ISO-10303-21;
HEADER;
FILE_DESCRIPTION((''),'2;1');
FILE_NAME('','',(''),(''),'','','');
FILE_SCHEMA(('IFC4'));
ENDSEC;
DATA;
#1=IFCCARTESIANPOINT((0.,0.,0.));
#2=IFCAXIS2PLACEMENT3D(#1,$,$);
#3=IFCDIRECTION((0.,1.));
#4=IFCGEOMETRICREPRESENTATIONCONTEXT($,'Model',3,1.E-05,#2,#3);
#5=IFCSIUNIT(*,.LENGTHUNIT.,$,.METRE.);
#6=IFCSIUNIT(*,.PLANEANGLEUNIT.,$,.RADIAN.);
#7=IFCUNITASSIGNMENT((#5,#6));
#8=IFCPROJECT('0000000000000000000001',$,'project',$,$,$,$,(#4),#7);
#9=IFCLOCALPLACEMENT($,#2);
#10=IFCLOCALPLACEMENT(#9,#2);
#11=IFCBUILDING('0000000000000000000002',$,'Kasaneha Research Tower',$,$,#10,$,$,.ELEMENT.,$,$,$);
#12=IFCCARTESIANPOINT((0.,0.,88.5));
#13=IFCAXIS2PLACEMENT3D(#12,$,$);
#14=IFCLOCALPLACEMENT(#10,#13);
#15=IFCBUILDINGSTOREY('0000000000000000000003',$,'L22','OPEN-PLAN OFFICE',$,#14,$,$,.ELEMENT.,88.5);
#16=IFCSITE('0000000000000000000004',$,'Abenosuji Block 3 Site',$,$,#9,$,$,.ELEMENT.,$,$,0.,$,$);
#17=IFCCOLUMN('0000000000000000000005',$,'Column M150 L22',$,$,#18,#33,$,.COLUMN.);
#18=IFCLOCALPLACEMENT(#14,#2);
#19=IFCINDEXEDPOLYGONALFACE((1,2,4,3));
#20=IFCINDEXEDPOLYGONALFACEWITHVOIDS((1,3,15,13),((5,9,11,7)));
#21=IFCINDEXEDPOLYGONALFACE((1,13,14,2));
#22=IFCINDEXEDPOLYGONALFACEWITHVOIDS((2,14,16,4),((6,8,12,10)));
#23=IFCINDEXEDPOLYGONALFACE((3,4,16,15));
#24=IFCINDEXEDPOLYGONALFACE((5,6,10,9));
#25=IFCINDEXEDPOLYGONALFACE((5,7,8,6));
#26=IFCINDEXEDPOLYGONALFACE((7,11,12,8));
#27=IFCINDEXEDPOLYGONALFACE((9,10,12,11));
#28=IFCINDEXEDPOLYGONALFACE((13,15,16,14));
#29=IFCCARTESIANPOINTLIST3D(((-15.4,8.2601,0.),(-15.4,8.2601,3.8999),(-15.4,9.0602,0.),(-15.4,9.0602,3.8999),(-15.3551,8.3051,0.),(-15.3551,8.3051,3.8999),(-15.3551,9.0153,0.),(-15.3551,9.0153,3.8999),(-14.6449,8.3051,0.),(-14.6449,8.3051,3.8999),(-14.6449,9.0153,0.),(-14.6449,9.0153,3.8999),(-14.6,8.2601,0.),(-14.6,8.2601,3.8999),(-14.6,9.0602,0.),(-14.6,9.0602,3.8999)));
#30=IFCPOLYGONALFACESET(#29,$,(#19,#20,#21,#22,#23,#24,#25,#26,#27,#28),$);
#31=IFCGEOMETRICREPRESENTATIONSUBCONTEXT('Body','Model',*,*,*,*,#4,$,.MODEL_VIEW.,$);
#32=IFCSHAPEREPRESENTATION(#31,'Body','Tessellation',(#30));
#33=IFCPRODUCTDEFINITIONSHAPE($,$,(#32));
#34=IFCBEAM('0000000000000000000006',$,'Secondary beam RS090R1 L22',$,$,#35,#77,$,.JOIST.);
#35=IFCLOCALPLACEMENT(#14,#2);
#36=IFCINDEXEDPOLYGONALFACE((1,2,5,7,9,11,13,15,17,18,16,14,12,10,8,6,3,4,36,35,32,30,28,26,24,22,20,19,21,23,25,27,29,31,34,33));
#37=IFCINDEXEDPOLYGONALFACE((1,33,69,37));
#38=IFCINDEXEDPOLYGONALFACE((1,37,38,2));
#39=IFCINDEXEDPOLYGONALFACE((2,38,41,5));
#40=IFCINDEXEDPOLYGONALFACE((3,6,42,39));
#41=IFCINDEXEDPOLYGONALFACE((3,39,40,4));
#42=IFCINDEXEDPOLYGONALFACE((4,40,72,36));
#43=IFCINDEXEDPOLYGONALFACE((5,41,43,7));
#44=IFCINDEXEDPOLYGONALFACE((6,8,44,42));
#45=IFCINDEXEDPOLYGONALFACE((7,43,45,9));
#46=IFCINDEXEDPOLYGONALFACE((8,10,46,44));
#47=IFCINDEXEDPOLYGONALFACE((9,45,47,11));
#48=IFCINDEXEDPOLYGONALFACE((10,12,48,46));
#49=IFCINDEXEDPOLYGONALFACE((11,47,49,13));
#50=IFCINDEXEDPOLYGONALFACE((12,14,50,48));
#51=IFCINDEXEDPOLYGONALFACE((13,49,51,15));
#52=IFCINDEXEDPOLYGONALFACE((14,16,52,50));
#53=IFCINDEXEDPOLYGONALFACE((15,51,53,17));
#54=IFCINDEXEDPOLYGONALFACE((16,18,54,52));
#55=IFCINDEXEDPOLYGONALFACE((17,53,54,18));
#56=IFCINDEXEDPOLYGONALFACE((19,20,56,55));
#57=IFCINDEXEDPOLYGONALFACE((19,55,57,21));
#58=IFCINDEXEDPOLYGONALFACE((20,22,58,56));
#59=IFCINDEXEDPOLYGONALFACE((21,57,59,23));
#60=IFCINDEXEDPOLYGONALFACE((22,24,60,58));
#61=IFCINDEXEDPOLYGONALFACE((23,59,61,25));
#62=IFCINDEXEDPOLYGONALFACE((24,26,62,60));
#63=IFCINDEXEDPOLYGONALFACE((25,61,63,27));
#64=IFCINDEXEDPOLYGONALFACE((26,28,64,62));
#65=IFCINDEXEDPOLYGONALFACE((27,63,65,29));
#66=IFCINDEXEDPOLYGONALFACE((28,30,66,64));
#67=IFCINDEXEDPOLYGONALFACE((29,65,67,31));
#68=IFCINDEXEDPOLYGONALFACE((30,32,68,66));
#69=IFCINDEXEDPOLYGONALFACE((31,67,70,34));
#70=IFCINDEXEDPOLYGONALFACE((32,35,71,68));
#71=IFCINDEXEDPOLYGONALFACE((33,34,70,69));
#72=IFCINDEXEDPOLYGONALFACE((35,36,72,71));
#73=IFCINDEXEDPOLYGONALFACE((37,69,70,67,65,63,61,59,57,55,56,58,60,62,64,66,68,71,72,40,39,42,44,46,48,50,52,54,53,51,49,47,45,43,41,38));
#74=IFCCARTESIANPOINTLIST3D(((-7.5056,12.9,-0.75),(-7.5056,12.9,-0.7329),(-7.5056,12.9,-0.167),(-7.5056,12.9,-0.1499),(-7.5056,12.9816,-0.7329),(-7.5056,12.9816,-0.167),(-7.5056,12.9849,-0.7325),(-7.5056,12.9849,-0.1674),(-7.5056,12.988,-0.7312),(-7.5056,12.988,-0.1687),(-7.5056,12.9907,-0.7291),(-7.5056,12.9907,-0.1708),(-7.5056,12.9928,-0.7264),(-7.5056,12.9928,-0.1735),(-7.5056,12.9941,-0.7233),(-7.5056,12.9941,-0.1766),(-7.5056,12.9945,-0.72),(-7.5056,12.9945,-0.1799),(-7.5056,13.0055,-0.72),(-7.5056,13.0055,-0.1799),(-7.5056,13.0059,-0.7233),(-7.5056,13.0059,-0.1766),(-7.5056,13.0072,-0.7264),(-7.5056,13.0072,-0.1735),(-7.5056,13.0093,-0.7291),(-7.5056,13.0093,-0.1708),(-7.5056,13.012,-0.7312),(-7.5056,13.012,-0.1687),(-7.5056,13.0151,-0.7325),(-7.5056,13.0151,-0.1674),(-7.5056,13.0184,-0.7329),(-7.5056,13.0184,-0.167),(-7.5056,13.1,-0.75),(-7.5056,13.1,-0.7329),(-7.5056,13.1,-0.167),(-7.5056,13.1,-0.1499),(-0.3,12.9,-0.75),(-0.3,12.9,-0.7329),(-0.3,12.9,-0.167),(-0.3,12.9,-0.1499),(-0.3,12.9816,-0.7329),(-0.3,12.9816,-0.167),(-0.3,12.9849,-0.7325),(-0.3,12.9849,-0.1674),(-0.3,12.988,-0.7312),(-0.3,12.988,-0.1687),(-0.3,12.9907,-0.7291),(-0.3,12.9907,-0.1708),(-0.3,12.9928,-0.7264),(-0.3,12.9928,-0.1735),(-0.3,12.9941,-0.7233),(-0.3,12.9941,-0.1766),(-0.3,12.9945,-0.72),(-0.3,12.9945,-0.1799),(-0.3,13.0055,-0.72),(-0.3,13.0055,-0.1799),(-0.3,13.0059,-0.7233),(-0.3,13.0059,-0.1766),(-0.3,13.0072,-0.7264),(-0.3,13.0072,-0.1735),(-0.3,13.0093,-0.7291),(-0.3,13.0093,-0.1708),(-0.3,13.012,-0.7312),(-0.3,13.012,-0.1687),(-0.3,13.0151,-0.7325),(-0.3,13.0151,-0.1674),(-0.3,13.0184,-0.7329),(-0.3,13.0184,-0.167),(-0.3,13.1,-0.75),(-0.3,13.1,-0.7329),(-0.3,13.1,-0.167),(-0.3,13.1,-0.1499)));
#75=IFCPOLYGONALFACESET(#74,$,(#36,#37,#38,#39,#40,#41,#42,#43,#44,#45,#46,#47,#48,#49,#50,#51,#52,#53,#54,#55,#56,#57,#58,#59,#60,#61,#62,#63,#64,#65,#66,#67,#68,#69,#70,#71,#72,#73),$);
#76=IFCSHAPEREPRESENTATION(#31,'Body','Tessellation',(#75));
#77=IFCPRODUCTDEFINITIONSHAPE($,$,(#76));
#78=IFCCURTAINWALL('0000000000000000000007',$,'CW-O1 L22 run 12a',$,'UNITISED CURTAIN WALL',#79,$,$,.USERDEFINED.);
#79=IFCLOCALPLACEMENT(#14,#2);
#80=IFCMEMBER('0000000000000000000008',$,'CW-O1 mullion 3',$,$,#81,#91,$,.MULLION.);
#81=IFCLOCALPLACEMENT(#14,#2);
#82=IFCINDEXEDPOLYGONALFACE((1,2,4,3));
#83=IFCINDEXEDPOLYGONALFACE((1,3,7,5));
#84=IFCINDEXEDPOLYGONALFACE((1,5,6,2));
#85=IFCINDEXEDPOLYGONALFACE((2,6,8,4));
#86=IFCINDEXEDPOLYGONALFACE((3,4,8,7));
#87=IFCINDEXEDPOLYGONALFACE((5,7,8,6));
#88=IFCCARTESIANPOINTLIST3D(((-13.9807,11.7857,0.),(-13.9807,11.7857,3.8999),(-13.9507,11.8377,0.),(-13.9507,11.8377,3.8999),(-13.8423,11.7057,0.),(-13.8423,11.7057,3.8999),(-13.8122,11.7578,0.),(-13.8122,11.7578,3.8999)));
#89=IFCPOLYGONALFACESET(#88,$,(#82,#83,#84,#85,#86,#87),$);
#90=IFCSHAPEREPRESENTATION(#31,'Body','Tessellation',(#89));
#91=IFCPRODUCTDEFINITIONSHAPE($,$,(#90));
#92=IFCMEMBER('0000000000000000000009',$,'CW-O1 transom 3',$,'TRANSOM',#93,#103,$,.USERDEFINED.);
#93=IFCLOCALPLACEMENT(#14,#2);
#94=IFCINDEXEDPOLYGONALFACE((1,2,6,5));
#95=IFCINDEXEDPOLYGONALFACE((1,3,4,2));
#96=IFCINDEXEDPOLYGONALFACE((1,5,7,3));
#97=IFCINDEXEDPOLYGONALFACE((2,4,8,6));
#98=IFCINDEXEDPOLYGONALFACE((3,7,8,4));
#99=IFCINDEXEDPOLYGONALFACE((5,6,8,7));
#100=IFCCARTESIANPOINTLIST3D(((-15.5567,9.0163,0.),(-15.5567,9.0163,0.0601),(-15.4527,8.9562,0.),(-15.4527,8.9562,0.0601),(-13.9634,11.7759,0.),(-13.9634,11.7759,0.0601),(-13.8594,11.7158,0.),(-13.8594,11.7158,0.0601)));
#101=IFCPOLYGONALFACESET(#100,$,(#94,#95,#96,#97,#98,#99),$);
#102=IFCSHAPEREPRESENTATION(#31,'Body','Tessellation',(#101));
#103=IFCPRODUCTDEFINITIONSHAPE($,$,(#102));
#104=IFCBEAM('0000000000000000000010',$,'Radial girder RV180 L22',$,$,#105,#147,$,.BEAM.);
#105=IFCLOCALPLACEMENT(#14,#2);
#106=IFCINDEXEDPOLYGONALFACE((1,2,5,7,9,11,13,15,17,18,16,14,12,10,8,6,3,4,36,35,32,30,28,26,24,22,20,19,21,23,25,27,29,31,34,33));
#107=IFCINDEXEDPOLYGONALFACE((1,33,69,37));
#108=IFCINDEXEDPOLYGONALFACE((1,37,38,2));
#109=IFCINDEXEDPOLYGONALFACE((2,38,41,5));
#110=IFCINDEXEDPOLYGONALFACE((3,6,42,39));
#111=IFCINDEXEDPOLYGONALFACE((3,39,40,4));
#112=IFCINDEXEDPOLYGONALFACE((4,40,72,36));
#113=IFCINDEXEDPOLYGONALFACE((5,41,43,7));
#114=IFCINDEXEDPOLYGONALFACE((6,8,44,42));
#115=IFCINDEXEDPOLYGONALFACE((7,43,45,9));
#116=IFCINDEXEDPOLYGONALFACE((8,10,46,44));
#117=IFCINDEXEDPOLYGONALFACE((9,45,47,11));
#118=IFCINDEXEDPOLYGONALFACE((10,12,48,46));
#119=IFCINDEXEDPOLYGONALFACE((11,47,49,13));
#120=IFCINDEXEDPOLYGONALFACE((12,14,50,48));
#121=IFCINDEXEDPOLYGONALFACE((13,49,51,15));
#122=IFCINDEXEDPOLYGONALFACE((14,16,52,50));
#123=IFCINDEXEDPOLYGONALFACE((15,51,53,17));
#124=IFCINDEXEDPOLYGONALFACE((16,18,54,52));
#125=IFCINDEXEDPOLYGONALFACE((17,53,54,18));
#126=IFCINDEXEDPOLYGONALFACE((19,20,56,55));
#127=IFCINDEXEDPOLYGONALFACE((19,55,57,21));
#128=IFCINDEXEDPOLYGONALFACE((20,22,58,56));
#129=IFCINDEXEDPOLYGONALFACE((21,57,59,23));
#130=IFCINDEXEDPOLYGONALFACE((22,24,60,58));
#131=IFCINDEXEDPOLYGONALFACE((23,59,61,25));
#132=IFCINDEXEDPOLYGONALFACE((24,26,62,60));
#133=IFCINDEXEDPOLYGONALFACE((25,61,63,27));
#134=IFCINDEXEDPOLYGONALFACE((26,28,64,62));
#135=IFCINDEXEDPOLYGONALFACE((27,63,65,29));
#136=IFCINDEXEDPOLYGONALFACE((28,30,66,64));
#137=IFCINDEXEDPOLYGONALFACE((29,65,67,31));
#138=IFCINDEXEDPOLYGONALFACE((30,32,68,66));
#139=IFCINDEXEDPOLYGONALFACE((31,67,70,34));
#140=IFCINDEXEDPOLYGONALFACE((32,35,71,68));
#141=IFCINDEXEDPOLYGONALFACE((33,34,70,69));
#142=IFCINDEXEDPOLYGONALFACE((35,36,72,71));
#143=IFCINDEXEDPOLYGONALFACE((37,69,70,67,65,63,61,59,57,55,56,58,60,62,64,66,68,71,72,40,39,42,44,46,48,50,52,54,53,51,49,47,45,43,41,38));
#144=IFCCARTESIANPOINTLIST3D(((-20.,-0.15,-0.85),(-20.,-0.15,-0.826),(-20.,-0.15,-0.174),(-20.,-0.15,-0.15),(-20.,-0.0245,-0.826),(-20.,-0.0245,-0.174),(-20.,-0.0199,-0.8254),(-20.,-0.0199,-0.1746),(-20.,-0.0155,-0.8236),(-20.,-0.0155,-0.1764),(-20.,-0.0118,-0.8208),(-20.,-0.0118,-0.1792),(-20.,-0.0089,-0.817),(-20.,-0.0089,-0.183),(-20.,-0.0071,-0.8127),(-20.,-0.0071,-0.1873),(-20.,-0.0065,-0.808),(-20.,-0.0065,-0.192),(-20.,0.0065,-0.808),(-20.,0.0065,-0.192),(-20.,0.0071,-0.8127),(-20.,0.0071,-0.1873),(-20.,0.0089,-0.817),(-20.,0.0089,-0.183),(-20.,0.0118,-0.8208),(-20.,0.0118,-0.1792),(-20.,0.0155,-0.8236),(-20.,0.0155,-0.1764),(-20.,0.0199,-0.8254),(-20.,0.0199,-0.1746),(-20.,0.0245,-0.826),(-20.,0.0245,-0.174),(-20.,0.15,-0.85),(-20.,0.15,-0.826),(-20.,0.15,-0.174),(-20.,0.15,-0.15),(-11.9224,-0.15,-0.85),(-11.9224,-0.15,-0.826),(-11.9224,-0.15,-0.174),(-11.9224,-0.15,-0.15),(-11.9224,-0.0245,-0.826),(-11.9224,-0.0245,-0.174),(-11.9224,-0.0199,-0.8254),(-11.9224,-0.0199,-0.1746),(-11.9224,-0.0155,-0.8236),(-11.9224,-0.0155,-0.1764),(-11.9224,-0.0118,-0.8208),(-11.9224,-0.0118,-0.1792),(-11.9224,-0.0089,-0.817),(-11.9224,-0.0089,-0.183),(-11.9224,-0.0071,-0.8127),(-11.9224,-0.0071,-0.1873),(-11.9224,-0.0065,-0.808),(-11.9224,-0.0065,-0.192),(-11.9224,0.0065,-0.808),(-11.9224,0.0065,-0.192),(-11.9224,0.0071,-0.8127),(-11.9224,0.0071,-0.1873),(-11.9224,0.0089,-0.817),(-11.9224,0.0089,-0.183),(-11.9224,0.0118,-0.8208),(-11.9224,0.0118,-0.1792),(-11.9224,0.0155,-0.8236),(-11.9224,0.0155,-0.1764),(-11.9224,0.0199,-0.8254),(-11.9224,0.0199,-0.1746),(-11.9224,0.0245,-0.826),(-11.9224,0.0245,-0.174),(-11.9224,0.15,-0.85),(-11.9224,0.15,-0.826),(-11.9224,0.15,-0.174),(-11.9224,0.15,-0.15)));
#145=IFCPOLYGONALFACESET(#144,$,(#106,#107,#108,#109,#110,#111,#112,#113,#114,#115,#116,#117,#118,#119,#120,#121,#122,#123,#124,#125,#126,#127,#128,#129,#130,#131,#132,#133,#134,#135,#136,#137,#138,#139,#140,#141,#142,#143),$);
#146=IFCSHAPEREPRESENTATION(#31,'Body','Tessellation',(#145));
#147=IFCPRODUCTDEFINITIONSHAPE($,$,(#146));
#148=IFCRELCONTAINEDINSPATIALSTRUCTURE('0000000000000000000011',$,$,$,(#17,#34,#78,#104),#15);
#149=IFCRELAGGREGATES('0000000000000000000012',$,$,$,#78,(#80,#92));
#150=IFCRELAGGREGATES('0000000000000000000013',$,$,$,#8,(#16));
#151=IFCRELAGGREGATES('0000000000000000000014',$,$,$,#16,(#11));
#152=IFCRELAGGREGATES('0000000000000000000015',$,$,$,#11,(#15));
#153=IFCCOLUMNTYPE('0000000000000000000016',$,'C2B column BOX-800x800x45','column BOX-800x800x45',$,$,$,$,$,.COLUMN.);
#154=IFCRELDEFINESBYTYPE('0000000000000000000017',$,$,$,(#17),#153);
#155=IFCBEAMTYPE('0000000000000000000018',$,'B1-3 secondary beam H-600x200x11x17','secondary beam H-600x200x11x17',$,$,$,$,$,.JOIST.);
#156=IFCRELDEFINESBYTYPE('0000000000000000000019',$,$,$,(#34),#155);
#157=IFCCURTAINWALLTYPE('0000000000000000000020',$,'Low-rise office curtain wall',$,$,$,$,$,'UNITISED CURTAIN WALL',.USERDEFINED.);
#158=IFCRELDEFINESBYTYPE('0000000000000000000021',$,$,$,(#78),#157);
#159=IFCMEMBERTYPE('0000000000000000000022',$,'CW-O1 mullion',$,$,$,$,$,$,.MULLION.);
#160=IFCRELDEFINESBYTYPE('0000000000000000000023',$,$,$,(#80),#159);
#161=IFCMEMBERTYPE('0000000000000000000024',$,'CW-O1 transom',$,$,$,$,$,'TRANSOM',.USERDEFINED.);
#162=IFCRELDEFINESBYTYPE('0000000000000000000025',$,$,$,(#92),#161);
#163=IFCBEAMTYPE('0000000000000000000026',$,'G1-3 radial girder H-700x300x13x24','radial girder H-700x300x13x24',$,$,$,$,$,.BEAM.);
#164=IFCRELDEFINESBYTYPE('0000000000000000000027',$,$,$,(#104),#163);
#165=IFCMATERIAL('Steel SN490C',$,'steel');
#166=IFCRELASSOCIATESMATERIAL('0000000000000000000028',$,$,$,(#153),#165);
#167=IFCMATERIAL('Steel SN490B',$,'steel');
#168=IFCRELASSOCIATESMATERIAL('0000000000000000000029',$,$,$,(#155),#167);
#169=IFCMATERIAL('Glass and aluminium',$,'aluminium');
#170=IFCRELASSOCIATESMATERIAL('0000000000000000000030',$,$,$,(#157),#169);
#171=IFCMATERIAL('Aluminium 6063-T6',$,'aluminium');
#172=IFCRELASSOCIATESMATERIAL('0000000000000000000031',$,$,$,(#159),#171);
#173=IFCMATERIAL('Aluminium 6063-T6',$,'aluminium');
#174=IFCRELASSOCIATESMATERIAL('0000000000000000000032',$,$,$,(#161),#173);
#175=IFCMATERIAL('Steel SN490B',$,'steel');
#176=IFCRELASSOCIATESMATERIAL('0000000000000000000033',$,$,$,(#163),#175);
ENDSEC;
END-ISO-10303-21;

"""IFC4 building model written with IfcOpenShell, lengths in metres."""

from ifc_helpers import new_model, si_unit, direction, frame, origin, origin_2d, place, context, subcontext, project, spatial, rectangle, hollow_rectangle, i_section, extrude, material, material_profile, profile_set, type_object, element, aggregate, save


model = new_model("IFC4")

# Units and contexts
model_context = context("Model", 3, precision=1e-05, world=origin(), true_north=direction((0.0, 1.0)))
body_context = subcontext(model_context, "Body", "Model", "MODEL_VIEW")
ifc_project = project(units=[si_unit("LENGTHUNIT", "METRE"), si_unit("PLANEANGLEUNIT", "RADIAN")], contexts=[model_context])

# Site, building, storey
site_placement = place(None, origin())
site = spatial("IfcSite", under=ifc_project, at=site_placement, Name="Abenosuji Block 3 Site", CompositionType="ELEMENT", RefElevation=0.0)
building_placement = place(site_placement, origin())
building = spatial("IfcBuilding", under=site, at=building_placement, Name="Kasaneha Research Tower", CompositionType="ELEMENT")
storey_placement = place(building_placement, frame((0.0, 0.0, 88.5)))
storey = spatial("IfcBuildingStorey", under=building, at=storey_placement, Name="L22", Description="OPEN-PLAN OFFICE", CompositionType="ELEMENT", Elevation=88.5)

# Column
ifc_material_1 = material(Name="Steel SN490C", Category="steel")
ifc_material_profile_1 = material_profile(ifc_material_1, hollow_rectangle(XDim=0.8, YDim=0.8, WallThickness=0.0449, at=origin_2d()), Name="BOX-800x800x45")
ifc_profile_set_1 = profile_set([ifc_material_profile_1], Name="Steel SN490C")
column_type = type_object("IfcColumnType", Name="C2B column BOX-800x800x45", Description="column BOX-800x800x45", PredefinedType="COLUMN", material=ifc_profile_set_1)
column_placement = place(storey_placement, frame((-15.0, 8.6602, 0.0), z_axis=(0.0, 0.0, 1.0), x_axis=(1.0, 0.0, 0.0)))
element("IfcColumn", 1, at=column_placement, inside=storey, type_object=column_type, Name="Column M150 L22", PredefinedType="COLUMN", context=body_context, shape_type="SweptSolid", body=[
    extrude(hollow_rectangle(XDim=0.8, YDim=0.8, WallThickness=0.0449, at=origin_2d()), origin(), (0.0, 0.0, 1.0), 3.8999),
])

# Beam
ifc_material_2 = material(Name="Steel SN490B", Category="steel")
ifc_material_profile_2 = material_profile(ifc_material_2, i_section(OverallWidth=0.2, OverallDepth=0.6001, WebThickness=0.011, FlangeThickness=0.0171, FilletRadius=0.0129, at=origin_2d()), Name="H-600x200x11x17")
ifc_profile_set_2 = profile_set([ifc_material_profile_2], Name="Steel SN490B")
beam_type_1 = type_object("IfcBeamType", Name="B1-3 secondary beam H-600x200x11x17", Description="secondary beam H-600x200x11x17", PredefinedType="JOIST", material=ifc_profile_set_2)
beam_1_placement = place(storey_placement, frame((-7.5056, 13.0, -0.45), z_axis=(1.0, 0.0, 0.0), x_axis=(0.0, 1.0, 0.0)))
element("IfcBeam", 2, at=beam_1_placement, inside=storey, type_object=beam_type_1, Name="Secondary beam RS090R1 L22", PredefinedType="JOIST", context=body_context, shape_type="SweptSolid", body=[
    extrude(i_section(OverallWidth=0.2, OverallDepth=0.6001, WebThickness=0.011, FlangeThickness=0.0171, FilletRadius=0.0129, at=origin_2d()), origin(), (0.0, 0.0, 1.0), 7.2056),
])

# Curtain wall, members
ifc_material_3 = material(Name="Glass and aluminium", Category="aluminium")
curtain_wall_type = type_object("IfcCurtainWallType", Name="Low-rise office curtain wall", ElementType="UNITISED CURTAIN WALL", PredefinedType="USERDEFINED", material=ifc_material_3)
curtain_wall_placement = place(storey_placement, origin())
curtain_wall = element("IfcCurtainWall", 3, at=curtain_wall_placement, inside=storey, type_object=curtain_wall_type, Name="CW-O1 L22 run 12a", ObjectType="UNITISED CURTAIN WALL", PredefinedType="USERDEFINED")
ifc_material_4 = material(Name="Aluminium 6063-T6", Category="aluminium")
ifc_material_profile_3 = material_profile(ifc_material_4, rectangle(XDim=0.0601, YDim=0.1599, at=origin_2d()), Name="CW-O1 mullion 60x160")
ifc_profile_set_3 = profile_set([ifc_material_profile_3], Name="Aluminium 6063-T6")
member_type_1 = type_object("IfcMemberType", Name="CW-O1 mullion", PredefinedType="MULLION", material=ifc_profile_set_3)
member_1_placement = place(storey_placement, frame((-13.8965, 11.7717, 0.0), z_axis=(0.0, 0.0, 1.0), x_axis=(-0.5, -0.866025, 0.0)))
member_1 = element("IfcMember", 4, at=member_1_placement, type_object=member_type_1, Name="CW-O1 mullion 3", PredefinedType="MULLION", context=body_context, shape_type="SweptSolid", body=[
    extrude(rectangle(XDim=0.0601, YDim=0.1599, at=origin_2d()), origin(), (0.0, 0.0, 1.0), 3.8999),
])
ifc_material_5 = material(Name="Aluminium 6063-T6", Category="aluminium")
ifc_material_profile_4 = material_profile(ifc_material_5, rectangle(XDim=0.1201, YDim=0.0601, at=origin_2d()), Name="CW-O1 transom 120x60")
ifc_profile_set_4 = profile_set([ifc_material_profile_4], Name="Aluminium 6063-T6")
member_type_2 = type_object("IfcMemberType", Name="CW-O1 transom", ElementType="TRANSOM", PredefinedType="USERDEFINED", material=ifc_profile_set_4)
member_2_placement = place(storey_placement, frame((-13.9114, 11.7458, 0.03), z_axis=(-0.500012, -0.866018, 0.0), x_axis=(0.866018, -0.500012, 0.0)))
member_2 = element("IfcMember", 5, at=member_2_placement, type_object=member_type_2, Name="CW-O1 transom 3", ObjectType="TRANSOM", PredefinedType="USERDEFINED", context=body_context, shape_type="SweptSolid", body=[
    extrude(rectangle(XDim=0.1201, YDim=0.0601, at=origin_2d()), origin(), (0.0, 0.0, 1.0), 3.1865),
])

# Beam
ifc_material_6 = material(Name="Steel SN490B", Category="steel")
ifc_material_profile_5 = material_profile(ifc_material_6, i_section(OverallWidth=0.3, OverallDepth=0.7, WebThickness=0.0129, FlangeThickness=0.0239, FilletRadius=0.0181, at=origin_2d()), Name="H-700x300x13x24")
ifc_profile_set_5 = profile_set([ifc_material_profile_5], Name="Steel SN490B")
beam_type_2 = type_object("IfcBeamType", Name="G1-3 radial girder H-700x300x13x24", Description="radial girder H-700x300x13x24", PredefinedType="BEAM", material=ifc_profile_set_5)
beam_2_placement = place(storey_placement, frame((-11.9224, 0.0, -0.5), z_axis=(-1.0, 0.0, 0.0), x_axis=(0.0, -1.0, 0.0)))
element("IfcBeam", 6, at=beam_2_placement, inside=storey, type_object=beam_type_2, Name="Radial girder RV180 L22", PredefinedType="BEAM", context=body_context, shape_type="SweptSolid", body=[
    extrude(i_section(OverallWidth=0.3, OverallDepth=0.7, WebThickness=0.0129, FlangeThickness=0.0239, FilletRadius=0.0181, at=origin_2d()), origin(), (0.0, 0.0, 1.0), 8.0776),
])

aggregate(curtain_wall, [member_1, member_2])

save(model, "model.ifc")
